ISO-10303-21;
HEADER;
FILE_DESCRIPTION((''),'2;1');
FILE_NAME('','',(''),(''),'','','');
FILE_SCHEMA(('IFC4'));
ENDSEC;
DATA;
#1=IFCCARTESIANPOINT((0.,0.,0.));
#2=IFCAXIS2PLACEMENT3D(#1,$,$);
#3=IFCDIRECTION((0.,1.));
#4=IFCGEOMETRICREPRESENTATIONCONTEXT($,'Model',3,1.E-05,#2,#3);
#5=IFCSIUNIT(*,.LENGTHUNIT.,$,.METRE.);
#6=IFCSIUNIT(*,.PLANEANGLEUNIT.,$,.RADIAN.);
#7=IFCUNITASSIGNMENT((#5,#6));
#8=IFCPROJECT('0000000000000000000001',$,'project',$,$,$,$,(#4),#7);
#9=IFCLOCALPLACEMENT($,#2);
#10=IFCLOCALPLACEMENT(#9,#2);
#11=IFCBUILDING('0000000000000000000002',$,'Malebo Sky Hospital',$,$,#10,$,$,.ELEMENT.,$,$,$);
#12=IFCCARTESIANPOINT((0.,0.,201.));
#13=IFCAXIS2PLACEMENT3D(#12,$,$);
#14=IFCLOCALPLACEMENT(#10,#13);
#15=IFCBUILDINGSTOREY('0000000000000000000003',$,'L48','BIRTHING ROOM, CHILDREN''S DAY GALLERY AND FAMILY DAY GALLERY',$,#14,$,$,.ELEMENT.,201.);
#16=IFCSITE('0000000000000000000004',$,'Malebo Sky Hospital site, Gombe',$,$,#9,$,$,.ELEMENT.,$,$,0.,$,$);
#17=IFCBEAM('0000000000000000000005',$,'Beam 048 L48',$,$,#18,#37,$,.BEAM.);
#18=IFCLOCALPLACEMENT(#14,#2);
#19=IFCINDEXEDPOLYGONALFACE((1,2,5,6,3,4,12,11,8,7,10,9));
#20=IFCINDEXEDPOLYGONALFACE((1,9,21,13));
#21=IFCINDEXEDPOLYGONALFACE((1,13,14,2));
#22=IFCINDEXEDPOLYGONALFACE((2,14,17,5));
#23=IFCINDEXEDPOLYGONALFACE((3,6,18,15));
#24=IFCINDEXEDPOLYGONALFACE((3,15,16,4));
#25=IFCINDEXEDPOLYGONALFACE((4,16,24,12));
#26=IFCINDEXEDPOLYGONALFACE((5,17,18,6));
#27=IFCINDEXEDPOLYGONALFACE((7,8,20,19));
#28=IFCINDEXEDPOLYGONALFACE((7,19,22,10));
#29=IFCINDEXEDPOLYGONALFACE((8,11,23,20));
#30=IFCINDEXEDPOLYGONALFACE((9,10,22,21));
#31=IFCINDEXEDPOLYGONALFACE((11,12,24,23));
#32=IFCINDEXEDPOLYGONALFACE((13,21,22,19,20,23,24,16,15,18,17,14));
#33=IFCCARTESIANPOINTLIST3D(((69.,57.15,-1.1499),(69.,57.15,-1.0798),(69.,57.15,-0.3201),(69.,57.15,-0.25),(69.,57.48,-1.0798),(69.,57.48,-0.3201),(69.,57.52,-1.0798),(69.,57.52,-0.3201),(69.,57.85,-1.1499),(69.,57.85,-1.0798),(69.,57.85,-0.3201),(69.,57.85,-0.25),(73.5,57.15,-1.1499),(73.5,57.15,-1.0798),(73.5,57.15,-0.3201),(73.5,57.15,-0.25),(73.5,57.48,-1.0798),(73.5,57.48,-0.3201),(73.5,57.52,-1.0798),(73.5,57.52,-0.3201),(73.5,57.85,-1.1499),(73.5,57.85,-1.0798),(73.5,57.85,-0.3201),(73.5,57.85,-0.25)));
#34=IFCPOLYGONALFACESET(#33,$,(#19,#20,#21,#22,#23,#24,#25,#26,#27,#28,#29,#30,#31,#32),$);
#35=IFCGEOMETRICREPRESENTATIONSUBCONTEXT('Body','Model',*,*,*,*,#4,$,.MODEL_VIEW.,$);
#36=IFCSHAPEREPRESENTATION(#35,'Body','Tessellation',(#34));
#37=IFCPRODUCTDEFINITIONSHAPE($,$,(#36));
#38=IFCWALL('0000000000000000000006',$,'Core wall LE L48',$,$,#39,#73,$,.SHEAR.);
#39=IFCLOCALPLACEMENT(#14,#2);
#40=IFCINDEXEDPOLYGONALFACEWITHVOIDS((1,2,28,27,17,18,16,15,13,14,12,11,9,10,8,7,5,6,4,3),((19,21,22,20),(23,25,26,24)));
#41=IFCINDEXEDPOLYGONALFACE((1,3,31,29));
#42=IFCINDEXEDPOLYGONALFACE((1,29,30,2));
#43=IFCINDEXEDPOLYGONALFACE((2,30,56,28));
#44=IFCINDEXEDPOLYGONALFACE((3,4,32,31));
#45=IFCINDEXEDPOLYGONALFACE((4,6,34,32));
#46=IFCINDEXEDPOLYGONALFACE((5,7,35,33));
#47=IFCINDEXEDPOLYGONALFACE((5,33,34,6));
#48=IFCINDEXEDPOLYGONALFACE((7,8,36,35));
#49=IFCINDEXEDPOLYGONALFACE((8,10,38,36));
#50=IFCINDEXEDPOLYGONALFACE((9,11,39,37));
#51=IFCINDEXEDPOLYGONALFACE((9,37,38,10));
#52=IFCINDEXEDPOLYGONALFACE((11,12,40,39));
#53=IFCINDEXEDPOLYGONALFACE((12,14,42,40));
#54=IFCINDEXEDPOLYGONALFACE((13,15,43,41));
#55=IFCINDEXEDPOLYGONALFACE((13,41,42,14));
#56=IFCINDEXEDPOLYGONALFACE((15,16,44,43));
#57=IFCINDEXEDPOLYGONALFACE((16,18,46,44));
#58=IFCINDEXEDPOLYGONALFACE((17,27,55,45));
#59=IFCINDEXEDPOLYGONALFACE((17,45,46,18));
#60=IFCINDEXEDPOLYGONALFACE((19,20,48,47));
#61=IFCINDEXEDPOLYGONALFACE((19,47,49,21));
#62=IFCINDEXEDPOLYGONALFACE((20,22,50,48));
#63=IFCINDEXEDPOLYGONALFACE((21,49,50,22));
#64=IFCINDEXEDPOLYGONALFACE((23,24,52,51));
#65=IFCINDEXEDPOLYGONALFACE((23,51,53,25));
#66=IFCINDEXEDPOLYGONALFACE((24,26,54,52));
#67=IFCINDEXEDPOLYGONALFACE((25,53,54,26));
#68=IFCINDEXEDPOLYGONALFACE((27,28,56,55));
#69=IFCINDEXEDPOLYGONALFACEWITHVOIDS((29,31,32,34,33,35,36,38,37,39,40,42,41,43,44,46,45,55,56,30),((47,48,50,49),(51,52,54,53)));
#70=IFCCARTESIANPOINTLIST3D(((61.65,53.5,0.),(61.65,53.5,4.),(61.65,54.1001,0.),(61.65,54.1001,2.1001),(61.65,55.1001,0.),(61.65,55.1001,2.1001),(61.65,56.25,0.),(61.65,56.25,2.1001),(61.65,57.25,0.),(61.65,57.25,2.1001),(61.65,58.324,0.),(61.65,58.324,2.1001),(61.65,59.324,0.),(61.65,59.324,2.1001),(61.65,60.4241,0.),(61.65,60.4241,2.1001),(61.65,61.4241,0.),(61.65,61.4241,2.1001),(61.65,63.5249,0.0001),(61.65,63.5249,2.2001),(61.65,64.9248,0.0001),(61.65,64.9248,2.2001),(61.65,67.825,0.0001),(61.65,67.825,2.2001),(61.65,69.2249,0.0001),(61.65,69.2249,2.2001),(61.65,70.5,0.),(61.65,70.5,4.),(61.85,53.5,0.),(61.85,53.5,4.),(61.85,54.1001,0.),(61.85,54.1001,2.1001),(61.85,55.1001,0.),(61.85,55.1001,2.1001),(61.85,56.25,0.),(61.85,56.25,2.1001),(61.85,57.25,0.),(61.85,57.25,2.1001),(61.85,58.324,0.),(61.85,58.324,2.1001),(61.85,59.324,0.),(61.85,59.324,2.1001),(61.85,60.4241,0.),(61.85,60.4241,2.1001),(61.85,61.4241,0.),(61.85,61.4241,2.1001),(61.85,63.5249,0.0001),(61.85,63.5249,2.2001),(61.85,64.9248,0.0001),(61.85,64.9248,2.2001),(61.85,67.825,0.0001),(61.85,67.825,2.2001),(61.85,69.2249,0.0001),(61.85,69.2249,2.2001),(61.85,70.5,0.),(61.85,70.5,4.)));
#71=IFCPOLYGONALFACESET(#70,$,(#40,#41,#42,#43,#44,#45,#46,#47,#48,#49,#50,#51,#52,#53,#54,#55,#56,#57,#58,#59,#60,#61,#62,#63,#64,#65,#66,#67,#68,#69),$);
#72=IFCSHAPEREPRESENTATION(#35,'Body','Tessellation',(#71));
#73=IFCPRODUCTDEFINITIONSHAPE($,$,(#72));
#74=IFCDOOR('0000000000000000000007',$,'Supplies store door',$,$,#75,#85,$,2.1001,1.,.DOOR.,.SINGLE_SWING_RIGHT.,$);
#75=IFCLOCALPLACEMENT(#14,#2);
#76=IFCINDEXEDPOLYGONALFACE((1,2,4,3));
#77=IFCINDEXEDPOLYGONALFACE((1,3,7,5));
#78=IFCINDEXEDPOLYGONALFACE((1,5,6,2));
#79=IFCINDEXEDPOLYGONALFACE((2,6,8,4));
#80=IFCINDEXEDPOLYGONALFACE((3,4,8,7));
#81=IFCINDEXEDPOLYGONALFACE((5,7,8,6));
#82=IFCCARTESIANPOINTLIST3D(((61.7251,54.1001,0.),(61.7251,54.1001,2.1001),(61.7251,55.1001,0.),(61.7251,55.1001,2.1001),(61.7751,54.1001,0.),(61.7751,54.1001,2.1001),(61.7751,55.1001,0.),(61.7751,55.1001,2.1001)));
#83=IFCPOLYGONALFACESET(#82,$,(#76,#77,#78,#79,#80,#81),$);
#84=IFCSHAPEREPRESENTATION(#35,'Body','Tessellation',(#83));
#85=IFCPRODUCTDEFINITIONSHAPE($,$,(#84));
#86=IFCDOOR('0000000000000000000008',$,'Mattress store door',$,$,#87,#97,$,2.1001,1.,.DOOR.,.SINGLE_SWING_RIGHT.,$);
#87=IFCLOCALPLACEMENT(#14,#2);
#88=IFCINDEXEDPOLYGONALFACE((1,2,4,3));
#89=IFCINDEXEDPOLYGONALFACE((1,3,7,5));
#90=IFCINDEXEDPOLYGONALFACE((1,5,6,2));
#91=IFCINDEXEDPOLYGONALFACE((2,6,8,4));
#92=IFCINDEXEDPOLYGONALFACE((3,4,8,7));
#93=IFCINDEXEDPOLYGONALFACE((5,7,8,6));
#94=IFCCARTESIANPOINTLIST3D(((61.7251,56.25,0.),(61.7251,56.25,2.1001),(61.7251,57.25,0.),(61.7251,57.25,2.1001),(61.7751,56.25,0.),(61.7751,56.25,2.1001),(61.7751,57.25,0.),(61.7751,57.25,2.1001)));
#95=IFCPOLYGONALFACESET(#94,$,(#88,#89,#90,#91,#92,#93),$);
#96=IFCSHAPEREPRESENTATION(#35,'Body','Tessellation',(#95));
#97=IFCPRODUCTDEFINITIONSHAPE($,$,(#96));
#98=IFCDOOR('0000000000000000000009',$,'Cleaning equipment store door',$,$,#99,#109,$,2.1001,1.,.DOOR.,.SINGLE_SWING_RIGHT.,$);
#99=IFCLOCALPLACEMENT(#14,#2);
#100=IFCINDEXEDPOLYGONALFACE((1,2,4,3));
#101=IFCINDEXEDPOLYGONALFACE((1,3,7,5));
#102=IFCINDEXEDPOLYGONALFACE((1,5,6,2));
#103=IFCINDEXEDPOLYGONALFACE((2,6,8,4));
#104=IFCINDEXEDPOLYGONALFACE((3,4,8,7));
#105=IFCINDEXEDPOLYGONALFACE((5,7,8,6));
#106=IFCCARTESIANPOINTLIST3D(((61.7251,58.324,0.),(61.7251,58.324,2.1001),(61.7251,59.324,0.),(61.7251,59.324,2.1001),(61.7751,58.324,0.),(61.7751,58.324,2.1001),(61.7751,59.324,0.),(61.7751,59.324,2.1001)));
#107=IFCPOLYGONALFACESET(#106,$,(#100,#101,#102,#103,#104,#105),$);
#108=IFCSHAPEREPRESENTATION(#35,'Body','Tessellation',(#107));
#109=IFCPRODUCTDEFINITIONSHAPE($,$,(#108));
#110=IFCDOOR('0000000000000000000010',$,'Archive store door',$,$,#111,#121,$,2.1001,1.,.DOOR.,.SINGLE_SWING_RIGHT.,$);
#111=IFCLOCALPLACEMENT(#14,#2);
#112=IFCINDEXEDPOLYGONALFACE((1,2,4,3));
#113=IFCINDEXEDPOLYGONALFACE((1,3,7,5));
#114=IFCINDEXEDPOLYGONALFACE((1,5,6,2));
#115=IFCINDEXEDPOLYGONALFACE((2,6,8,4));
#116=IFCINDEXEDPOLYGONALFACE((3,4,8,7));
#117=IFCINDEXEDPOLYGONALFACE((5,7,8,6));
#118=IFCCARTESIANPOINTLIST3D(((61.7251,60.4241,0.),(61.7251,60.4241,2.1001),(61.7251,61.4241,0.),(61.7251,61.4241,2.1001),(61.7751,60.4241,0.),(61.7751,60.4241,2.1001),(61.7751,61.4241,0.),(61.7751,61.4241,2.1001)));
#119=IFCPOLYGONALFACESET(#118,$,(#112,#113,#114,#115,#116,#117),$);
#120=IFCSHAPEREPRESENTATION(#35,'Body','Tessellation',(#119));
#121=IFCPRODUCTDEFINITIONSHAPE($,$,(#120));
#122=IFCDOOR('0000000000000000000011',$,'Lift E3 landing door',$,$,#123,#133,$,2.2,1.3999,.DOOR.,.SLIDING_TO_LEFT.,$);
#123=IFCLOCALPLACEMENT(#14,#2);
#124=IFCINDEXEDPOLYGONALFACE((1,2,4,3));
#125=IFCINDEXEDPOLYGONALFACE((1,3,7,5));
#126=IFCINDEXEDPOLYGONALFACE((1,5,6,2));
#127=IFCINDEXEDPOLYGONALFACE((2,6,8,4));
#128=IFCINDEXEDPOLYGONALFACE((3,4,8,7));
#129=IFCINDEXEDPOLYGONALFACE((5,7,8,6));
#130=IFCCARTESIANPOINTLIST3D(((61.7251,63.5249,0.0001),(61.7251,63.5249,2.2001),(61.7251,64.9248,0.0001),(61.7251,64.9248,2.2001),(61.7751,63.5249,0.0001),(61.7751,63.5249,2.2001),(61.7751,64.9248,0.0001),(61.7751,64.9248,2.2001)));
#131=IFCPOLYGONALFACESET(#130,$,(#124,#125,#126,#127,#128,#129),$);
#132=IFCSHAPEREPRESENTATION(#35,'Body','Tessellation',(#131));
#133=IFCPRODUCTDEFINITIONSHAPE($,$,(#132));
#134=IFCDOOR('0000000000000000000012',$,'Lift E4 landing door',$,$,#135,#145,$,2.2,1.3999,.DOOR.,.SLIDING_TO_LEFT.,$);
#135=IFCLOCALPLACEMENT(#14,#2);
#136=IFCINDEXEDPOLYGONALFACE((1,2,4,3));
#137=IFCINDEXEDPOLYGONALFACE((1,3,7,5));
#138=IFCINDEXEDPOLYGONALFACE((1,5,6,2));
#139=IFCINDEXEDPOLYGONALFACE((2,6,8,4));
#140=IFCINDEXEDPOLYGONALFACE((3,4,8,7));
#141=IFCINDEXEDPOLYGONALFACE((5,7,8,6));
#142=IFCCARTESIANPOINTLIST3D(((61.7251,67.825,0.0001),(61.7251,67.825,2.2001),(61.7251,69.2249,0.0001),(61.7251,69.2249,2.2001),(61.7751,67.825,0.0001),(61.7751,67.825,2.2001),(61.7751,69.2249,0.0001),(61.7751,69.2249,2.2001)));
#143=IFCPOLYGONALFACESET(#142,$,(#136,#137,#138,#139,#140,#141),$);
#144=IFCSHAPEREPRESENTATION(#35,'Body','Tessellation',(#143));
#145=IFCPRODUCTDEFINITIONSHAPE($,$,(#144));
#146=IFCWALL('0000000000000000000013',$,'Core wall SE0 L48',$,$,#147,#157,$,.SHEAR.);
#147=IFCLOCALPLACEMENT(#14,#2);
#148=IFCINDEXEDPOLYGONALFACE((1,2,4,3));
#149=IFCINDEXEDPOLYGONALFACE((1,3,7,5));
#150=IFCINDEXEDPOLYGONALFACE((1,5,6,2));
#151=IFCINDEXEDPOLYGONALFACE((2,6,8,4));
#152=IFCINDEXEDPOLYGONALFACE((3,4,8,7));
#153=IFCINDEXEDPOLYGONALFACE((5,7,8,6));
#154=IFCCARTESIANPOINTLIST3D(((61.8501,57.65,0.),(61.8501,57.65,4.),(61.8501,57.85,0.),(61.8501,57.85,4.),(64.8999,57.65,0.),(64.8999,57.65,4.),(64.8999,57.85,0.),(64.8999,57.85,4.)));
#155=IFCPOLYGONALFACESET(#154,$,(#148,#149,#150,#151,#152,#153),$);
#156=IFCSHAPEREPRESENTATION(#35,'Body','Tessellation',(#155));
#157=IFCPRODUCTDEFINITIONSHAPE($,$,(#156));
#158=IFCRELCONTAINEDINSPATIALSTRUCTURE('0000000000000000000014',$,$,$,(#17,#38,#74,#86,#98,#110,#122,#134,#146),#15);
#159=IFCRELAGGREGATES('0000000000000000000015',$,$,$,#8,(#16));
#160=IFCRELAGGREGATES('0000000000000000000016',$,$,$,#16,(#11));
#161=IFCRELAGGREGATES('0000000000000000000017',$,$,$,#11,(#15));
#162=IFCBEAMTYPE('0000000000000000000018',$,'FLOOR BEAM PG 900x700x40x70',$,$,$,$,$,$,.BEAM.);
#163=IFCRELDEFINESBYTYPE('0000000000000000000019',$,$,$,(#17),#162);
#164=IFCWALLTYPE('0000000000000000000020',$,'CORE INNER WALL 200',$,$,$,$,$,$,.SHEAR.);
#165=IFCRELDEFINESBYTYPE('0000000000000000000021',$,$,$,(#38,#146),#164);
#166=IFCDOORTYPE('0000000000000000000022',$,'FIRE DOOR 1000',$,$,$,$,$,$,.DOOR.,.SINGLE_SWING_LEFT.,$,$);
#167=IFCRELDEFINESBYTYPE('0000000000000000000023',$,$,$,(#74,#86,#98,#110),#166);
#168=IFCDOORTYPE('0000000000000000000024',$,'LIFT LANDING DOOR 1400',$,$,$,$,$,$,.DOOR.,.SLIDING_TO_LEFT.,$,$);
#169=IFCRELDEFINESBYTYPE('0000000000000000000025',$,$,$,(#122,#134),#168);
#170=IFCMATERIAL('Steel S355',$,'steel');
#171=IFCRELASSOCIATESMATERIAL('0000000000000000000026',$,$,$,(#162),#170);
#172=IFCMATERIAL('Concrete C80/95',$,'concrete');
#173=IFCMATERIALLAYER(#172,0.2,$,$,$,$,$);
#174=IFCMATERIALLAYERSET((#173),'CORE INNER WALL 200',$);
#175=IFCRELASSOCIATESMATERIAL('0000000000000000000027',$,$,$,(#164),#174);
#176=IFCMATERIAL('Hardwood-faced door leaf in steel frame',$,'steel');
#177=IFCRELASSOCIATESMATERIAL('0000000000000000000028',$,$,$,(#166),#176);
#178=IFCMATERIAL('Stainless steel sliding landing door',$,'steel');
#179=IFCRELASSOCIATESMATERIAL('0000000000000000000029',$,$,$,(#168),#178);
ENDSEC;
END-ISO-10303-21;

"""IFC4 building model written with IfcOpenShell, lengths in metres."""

from ifc_helpers import new_model, si_unit, direction, frame, frame_2d, origin, origin_2d, place, context, subcontext, project, spatial, rectangle, i_section, extrude, material, layer, layer_set, material_profile, profile_set, type_object, element, fill, save


model = new_model("IFC4")

# Units and contexts
model_context = context("Model", 3, precision=1e-05, world=origin(), true_north=direction((0.0, 1.0)))
body_context = subcontext(model_context, "Body", "Model", "MODEL_VIEW")
ifc_project = project(units=[si_unit("LENGTHUNIT", "METRE"), si_unit("PLANEANGLEUNIT", "RADIAN")], contexts=[model_context])

# Site, building, storey
site_placement = place(None, origin())
site = spatial("IfcSite", under=ifc_project, at=site_placement, Name="Malebo Sky Hospital site, Gombe", CompositionType="ELEMENT", RefElevation=0.0)
building_placement = place(site_placement, origin())
building = spatial("IfcBuilding", under=site, at=building_placement, Name="Malebo Sky Hospital", CompositionType="ELEMENT")
storey_placement = place(building_placement, frame((0.0, 0.0, 201.0)))
storey = spatial("IfcBuildingStorey", under=building, at=storey_placement, Name="L48", Description="BIRTHING ROOM, CHILDREN'S DAY GALLERY AND FAMILY DAY GALLERY", CompositionType="ELEMENT", Elevation=201.0)

# Beam
ifc_material_1 = material(Name="Steel S355", Category="steel")
ifc_material_profile = material_profile(ifc_material_1, i_section(OverallWidth=0.7, OverallDepth=0.8999, WebThickness=0.04, FlangeThickness=0.0701, at=origin_2d()), Name="PG 900x700x40x70")
ifc_profile_set = profile_set([ifc_material_profile], Name="Steel S355")
beam_type = type_object("IfcBeamType", Name="FLOOR BEAM PG 900x700x40x70", PredefinedType="BEAM", material=ifc_profile_set)
beam_placement = place(storey_placement, frame((69.0, 57.5, -0.7), z_axis=(1.0, 0.0, 0.0), x_axis=(0.0, 1.0, 0.0)))
element("IfcBeam", 1, at=beam_placement, inside=storey, type_object=beam_type, Name="Beam 048 L48", PredefinedType="BEAM", context=body_context, shape_type="SweptSolid", body=[
    extrude(i_section(OverallWidth=0.7, OverallDepth=0.8999, WebThickness=0.04, FlangeThickness=0.0701, at=origin_2d()), origin(), (0.0, 0.0, 1.0), 4.5),
])

# Wall, openings, doors
ifc_material_2 = material(Name="Concrete C80/95", Category="concrete")
ifc_layer_1 = layer(ifc_material_2, 0.2)
ifc_layer_set_1 = layer_set([ifc_layer_1], Name="CORE INNER WALL 200")
wall_type_1 = type_object("IfcWallType", Name="CORE INNER WALL 200", PredefinedType="SHEAR", material=ifc_layer_set_1)
wall_1_placement = place(storey_placement, frame((61.75, 53.5, 0.0), z_axis=(0.0, 0.0, 1.0), x_axis=(0.0, 1.0, 0.0)))
wall_1 = element("IfcWall", 2, at=wall_1_placement, inside=storey, type_object=wall_type_1, Name="Core wall LE L48", PredefinedType="SHEAR", context=body_context, shape_type="SweptSolid", body=[
    extrude(rectangle(XDim=17.0, YDim=0.2, at=frame_2d((8.5, 0.0))), origin(), (0.0, 0.0, 1.0), 4.0),
])
opening_1_placement = place(wall_1_placement, frame((0.6001, 0.0, 0.0)))
opening_1 = element("IfcOpeningElement", 3, at=opening_1_placement, cuts=wall_1, PredefinedType="OPENING", context=body_context, shape_type="SweptSolid", body=[
    extrude(rectangle(XDim=1.0, YDim=2.1001, at=frame_2d((0.5, 1.05))), frame((0.0, 0.1099, 0.0), z_axis=(0.0, -1.0, 0.0), x_axis=(1.0, 0.0, 0.0)), (0.0, 0.0, 1.0), 0.22),
])
opening_2_placement = place(wall_1_placement, frame((2.75, 0.0, 0.0)))
opening_2 = element("IfcOpeningElement", 4, at=opening_2_placement, cuts=wall_1, PredefinedType="OPENING", context=body_context, shape_type="SweptSolid", body=[
    extrude(rectangle(XDim=1.0, YDim=2.1001, at=frame_2d((0.5, 1.05))), frame((0.0, 0.1099, 0.0), z_axis=(0.0, -1.0, 0.0), x_axis=(1.0, 0.0, 0.0)), (0.0, 0.0, 1.0), 0.22),
])
opening_3_placement = place(wall_1_placement, frame((4.824, 0.0, 0.0)))
opening_3 = element("IfcOpeningElement", 5, at=opening_3_placement, cuts=wall_1, PredefinedType="OPENING", context=body_context, shape_type="SweptSolid", body=[
    extrude(rectangle(XDim=1.0, YDim=2.1001, at=frame_2d((0.5, 1.05))), frame((0.0, 0.1099, 0.0), z_axis=(0.0, -1.0, 0.0), x_axis=(1.0, 0.0, 0.0)), (0.0, 0.0, 1.0), 0.22),
])
opening_4_placement = place(wall_1_placement, frame((6.9241, 0.0, 0.0)))
opening_4 = element("IfcOpeningElement", 6, at=opening_4_placement, cuts=wall_1, PredefinedType="OPENING", context=body_context, shape_type="SweptSolid", body=[
    extrude(rectangle(XDim=1.0, YDim=2.1001, at=frame_2d((0.5, 1.05))), frame((0.0, 0.1099, 0.0), z_axis=(0.0, -1.0, 0.0), x_axis=(1.0, 0.0, 0.0)), (0.0, 0.0, 1.0), 0.22),
])
opening_5_placement = place(wall_1_placement, frame((10.0249, 0.0, 0.0)))
opening_5 = element("IfcOpeningElement", 7, at=opening_5_placement, cuts=wall_1, PredefinedType="OPENING", context=body_context, shape_type="SweptSolid", body=[
    extrude(rectangle(XDim=1.3999, YDim=2.2, at=frame_2d((0.7, 1.1001))), frame((0.0, 0.1099, 0.0), z_axis=(0.0, -1.0, 0.0), x_axis=(1.0, 0.0, 0.0)), (0.0, 0.0, 1.0), 0.22),
])
opening_6_placement = place(wall_1_placement, frame((14.325, 0.0, 0.0)))
opening_6 = element("IfcOpeningElement", 8, at=opening_6_placement, cuts=wall_1, PredefinedType="OPENING", context=body_context, shape_type="SweptSolid", body=[
    extrude(rectangle(XDim=1.3999, YDim=2.2, at=frame_2d((0.7, 1.1001))), frame((0.0, 0.1099, 0.0), z_axis=(0.0, -1.0, 0.0), x_axis=(1.0, 0.0, 0.0)), (0.0, 0.0, 1.0), 0.22),
])
ifc_material_3 = material(Name="Hardwood-faced door leaf in steel frame", Category="steel")
door_type_1 = type_object("IfcDoorType", Name="FIRE DOOR 1000", OperationType="SINGLE_SWING_LEFT", PredefinedType="DOOR", material=ifc_material_3)
door_1_placement = place(opening_1_placement, origin())
door_1 = element("IfcDoor", 9, at=door_1_placement, inside=storey, type_object=door_type_1, Name="Supplies store door", OperationType="SINGLE_SWING_RIGHT", OverallHeight=2.1001, OverallWidth=1.0, PredefinedType="DOOR", context=body_context, shape_type="SweptSolid", body=[
    extrude(rectangle(XDim=1.0, YDim=2.1001, at=frame_2d((0.5, 1.05))), frame((0.0, 0.0249, 0.0), z_axis=(0.0, -1.0, 0.0), x_axis=(1.0, 0.0, 0.0)), (0.0, 0.0, 1.0), 0.05),
])
fill(opening_1, door_1)
door_2_placement = place(opening_2_placement, origin())
door_2 = element("IfcDoor", 10, at=door_2_placement, inside=storey, type_object=door_type_1, Name="Mattress store door", OperationType="SINGLE_SWING_RIGHT", OverallHeight=2.1001, OverallWidth=1.0, PredefinedType="DOOR", context=body_context, shape_type="SweptSolid", body=[
    extrude(rectangle(XDim=1.0, YDim=2.1001, at=frame_2d((0.5, 1.05))), frame((0.0, 0.0249, 0.0), z_axis=(0.0, -1.0, 0.0), x_axis=(1.0, 0.0, 0.0)), (0.0, 0.0, 1.0), 0.05),
])
fill(opening_2, door_2)
door_3_placement = place(opening_3_placement, origin())
door_3 = element("IfcDoor", 11, at=door_3_placement, inside=storey, type_object=door_type_1, Name="Cleaning equipment store door", OperationType="SINGLE_SWING_RIGHT", OverallHeight=2.1001, OverallWidth=1.0, PredefinedType="DOOR", context=body_context, shape_type="SweptSolid", body=[
    extrude(rectangle(XDim=1.0, YDim=2.1001, at=frame_2d((0.5, 1.05))), frame((0.0, 0.0249, 0.0), z_axis=(0.0, -1.0, 0.0), x_axis=(1.0, 0.0, 0.0)), (0.0, 0.0, 1.0), 0.05),
])
fill(opening_3, door_3)
door_4_placement = place(opening_4_placement, origin())
door_4 = element("IfcDoor", 12, at=door_4_placement, inside=storey, type_object=door_type_1, Name="Archive store door", OperationType="SINGLE_SWING_RIGHT", OverallHeight=2.1001, OverallWidth=1.0, PredefinedType="DOOR", context=body_context, shape_type="SweptSolid", body=[
    extrude(rectangle(XDim=1.0, YDim=2.1001, at=frame_2d((0.5, 1.05))), frame((0.0, 0.0249, 0.0), z_axis=(0.0, -1.0, 0.0), x_axis=(1.0, 0.0, 0.0)), (0.0, 0.0, 1.0), 0.05),
])
fill(opening_4, door_4)
ifc_material_4 = material(Name="Stainless steel sliding landing door", Category="steel")
door_type_2 = type_object("IfcDoorType", Name="LIFT LANDING DOOR 1400", OperationType="SLIDING_TO_LEFT", PredefinedType="DOOR", material=ifc_material_4)
door_5_placement = place(opening_5_placement, origin())
door_5 = element("IfcDoor", 13, at=door_5_placement, inside=storey, type_object=door_type_2, Name="Lift E3 landing door", OperationType="SLIDING_TO_LEFT", OverallHeight=2.2, OverallWidth=1.3999, PredefinedType="DOOR", context=body_context, shape_type="SweptSolid", body=[
    extrude(rectangle(XDim=1.3999, YDim=2.2, at=frame_2d((0.7, 1.1001))), frame((0.0, 0.0249, 0.0), z_axis=(0.0, -1.0, 0.0), x_axis=(1.0, 0.0, 0.0)), (0.0, 0.0, 1.0), 0.05),
])
fill(opening_5, door_5)
door_6_placement = place(opening_6_placement, origin())
door_6 = element("IfcDoor", 14, at=door_6_placement, inside=storey, type_object=door_type_2, Name="Lift E4 landing door", OperationType="SLIDING_TO_LEFT", OverallHeight=2.2, OverallWidth=1.3999, PredefinedType="DOOR", context=body_context, shape_type="SweptSolid", body=[
    extrude(rectangle(XDim=1.3999, YDim=2.2, at=frame_2d((0.7, 1.1001))), frame((0.0, 0.0249, 0.0), z_axis=(0.0, -1.0, 0.0), x_axis=(1.0, 0.0, 0.0)), (0.0, 0.0, 1.0), 0.05),
])
fill(opening_6, door_6)

# Wall
wall_2_placement = place(storey_placement, frame((61.8501, 57.75, 0.0), z_axis=(0.0, 0.0, 1.0), x_axis=(1.0, 0.0, 0.0)))
element("IfcWall", 15, at=wall_2_placement, inside=storey, type_object=wall_type_1, Name="Core wall SE0 L48", PredefinedType="SHEAR", context=body_context, shape_type="SweptSolid", body=[
    extrude(rectangle(XDim=3.0498, YDim=0.2, at=frame_2d((1.5249, 0.0))), origin(), (0.0, 0.0, 1.0), 4.0),
])

save(model, "model.ifc")
